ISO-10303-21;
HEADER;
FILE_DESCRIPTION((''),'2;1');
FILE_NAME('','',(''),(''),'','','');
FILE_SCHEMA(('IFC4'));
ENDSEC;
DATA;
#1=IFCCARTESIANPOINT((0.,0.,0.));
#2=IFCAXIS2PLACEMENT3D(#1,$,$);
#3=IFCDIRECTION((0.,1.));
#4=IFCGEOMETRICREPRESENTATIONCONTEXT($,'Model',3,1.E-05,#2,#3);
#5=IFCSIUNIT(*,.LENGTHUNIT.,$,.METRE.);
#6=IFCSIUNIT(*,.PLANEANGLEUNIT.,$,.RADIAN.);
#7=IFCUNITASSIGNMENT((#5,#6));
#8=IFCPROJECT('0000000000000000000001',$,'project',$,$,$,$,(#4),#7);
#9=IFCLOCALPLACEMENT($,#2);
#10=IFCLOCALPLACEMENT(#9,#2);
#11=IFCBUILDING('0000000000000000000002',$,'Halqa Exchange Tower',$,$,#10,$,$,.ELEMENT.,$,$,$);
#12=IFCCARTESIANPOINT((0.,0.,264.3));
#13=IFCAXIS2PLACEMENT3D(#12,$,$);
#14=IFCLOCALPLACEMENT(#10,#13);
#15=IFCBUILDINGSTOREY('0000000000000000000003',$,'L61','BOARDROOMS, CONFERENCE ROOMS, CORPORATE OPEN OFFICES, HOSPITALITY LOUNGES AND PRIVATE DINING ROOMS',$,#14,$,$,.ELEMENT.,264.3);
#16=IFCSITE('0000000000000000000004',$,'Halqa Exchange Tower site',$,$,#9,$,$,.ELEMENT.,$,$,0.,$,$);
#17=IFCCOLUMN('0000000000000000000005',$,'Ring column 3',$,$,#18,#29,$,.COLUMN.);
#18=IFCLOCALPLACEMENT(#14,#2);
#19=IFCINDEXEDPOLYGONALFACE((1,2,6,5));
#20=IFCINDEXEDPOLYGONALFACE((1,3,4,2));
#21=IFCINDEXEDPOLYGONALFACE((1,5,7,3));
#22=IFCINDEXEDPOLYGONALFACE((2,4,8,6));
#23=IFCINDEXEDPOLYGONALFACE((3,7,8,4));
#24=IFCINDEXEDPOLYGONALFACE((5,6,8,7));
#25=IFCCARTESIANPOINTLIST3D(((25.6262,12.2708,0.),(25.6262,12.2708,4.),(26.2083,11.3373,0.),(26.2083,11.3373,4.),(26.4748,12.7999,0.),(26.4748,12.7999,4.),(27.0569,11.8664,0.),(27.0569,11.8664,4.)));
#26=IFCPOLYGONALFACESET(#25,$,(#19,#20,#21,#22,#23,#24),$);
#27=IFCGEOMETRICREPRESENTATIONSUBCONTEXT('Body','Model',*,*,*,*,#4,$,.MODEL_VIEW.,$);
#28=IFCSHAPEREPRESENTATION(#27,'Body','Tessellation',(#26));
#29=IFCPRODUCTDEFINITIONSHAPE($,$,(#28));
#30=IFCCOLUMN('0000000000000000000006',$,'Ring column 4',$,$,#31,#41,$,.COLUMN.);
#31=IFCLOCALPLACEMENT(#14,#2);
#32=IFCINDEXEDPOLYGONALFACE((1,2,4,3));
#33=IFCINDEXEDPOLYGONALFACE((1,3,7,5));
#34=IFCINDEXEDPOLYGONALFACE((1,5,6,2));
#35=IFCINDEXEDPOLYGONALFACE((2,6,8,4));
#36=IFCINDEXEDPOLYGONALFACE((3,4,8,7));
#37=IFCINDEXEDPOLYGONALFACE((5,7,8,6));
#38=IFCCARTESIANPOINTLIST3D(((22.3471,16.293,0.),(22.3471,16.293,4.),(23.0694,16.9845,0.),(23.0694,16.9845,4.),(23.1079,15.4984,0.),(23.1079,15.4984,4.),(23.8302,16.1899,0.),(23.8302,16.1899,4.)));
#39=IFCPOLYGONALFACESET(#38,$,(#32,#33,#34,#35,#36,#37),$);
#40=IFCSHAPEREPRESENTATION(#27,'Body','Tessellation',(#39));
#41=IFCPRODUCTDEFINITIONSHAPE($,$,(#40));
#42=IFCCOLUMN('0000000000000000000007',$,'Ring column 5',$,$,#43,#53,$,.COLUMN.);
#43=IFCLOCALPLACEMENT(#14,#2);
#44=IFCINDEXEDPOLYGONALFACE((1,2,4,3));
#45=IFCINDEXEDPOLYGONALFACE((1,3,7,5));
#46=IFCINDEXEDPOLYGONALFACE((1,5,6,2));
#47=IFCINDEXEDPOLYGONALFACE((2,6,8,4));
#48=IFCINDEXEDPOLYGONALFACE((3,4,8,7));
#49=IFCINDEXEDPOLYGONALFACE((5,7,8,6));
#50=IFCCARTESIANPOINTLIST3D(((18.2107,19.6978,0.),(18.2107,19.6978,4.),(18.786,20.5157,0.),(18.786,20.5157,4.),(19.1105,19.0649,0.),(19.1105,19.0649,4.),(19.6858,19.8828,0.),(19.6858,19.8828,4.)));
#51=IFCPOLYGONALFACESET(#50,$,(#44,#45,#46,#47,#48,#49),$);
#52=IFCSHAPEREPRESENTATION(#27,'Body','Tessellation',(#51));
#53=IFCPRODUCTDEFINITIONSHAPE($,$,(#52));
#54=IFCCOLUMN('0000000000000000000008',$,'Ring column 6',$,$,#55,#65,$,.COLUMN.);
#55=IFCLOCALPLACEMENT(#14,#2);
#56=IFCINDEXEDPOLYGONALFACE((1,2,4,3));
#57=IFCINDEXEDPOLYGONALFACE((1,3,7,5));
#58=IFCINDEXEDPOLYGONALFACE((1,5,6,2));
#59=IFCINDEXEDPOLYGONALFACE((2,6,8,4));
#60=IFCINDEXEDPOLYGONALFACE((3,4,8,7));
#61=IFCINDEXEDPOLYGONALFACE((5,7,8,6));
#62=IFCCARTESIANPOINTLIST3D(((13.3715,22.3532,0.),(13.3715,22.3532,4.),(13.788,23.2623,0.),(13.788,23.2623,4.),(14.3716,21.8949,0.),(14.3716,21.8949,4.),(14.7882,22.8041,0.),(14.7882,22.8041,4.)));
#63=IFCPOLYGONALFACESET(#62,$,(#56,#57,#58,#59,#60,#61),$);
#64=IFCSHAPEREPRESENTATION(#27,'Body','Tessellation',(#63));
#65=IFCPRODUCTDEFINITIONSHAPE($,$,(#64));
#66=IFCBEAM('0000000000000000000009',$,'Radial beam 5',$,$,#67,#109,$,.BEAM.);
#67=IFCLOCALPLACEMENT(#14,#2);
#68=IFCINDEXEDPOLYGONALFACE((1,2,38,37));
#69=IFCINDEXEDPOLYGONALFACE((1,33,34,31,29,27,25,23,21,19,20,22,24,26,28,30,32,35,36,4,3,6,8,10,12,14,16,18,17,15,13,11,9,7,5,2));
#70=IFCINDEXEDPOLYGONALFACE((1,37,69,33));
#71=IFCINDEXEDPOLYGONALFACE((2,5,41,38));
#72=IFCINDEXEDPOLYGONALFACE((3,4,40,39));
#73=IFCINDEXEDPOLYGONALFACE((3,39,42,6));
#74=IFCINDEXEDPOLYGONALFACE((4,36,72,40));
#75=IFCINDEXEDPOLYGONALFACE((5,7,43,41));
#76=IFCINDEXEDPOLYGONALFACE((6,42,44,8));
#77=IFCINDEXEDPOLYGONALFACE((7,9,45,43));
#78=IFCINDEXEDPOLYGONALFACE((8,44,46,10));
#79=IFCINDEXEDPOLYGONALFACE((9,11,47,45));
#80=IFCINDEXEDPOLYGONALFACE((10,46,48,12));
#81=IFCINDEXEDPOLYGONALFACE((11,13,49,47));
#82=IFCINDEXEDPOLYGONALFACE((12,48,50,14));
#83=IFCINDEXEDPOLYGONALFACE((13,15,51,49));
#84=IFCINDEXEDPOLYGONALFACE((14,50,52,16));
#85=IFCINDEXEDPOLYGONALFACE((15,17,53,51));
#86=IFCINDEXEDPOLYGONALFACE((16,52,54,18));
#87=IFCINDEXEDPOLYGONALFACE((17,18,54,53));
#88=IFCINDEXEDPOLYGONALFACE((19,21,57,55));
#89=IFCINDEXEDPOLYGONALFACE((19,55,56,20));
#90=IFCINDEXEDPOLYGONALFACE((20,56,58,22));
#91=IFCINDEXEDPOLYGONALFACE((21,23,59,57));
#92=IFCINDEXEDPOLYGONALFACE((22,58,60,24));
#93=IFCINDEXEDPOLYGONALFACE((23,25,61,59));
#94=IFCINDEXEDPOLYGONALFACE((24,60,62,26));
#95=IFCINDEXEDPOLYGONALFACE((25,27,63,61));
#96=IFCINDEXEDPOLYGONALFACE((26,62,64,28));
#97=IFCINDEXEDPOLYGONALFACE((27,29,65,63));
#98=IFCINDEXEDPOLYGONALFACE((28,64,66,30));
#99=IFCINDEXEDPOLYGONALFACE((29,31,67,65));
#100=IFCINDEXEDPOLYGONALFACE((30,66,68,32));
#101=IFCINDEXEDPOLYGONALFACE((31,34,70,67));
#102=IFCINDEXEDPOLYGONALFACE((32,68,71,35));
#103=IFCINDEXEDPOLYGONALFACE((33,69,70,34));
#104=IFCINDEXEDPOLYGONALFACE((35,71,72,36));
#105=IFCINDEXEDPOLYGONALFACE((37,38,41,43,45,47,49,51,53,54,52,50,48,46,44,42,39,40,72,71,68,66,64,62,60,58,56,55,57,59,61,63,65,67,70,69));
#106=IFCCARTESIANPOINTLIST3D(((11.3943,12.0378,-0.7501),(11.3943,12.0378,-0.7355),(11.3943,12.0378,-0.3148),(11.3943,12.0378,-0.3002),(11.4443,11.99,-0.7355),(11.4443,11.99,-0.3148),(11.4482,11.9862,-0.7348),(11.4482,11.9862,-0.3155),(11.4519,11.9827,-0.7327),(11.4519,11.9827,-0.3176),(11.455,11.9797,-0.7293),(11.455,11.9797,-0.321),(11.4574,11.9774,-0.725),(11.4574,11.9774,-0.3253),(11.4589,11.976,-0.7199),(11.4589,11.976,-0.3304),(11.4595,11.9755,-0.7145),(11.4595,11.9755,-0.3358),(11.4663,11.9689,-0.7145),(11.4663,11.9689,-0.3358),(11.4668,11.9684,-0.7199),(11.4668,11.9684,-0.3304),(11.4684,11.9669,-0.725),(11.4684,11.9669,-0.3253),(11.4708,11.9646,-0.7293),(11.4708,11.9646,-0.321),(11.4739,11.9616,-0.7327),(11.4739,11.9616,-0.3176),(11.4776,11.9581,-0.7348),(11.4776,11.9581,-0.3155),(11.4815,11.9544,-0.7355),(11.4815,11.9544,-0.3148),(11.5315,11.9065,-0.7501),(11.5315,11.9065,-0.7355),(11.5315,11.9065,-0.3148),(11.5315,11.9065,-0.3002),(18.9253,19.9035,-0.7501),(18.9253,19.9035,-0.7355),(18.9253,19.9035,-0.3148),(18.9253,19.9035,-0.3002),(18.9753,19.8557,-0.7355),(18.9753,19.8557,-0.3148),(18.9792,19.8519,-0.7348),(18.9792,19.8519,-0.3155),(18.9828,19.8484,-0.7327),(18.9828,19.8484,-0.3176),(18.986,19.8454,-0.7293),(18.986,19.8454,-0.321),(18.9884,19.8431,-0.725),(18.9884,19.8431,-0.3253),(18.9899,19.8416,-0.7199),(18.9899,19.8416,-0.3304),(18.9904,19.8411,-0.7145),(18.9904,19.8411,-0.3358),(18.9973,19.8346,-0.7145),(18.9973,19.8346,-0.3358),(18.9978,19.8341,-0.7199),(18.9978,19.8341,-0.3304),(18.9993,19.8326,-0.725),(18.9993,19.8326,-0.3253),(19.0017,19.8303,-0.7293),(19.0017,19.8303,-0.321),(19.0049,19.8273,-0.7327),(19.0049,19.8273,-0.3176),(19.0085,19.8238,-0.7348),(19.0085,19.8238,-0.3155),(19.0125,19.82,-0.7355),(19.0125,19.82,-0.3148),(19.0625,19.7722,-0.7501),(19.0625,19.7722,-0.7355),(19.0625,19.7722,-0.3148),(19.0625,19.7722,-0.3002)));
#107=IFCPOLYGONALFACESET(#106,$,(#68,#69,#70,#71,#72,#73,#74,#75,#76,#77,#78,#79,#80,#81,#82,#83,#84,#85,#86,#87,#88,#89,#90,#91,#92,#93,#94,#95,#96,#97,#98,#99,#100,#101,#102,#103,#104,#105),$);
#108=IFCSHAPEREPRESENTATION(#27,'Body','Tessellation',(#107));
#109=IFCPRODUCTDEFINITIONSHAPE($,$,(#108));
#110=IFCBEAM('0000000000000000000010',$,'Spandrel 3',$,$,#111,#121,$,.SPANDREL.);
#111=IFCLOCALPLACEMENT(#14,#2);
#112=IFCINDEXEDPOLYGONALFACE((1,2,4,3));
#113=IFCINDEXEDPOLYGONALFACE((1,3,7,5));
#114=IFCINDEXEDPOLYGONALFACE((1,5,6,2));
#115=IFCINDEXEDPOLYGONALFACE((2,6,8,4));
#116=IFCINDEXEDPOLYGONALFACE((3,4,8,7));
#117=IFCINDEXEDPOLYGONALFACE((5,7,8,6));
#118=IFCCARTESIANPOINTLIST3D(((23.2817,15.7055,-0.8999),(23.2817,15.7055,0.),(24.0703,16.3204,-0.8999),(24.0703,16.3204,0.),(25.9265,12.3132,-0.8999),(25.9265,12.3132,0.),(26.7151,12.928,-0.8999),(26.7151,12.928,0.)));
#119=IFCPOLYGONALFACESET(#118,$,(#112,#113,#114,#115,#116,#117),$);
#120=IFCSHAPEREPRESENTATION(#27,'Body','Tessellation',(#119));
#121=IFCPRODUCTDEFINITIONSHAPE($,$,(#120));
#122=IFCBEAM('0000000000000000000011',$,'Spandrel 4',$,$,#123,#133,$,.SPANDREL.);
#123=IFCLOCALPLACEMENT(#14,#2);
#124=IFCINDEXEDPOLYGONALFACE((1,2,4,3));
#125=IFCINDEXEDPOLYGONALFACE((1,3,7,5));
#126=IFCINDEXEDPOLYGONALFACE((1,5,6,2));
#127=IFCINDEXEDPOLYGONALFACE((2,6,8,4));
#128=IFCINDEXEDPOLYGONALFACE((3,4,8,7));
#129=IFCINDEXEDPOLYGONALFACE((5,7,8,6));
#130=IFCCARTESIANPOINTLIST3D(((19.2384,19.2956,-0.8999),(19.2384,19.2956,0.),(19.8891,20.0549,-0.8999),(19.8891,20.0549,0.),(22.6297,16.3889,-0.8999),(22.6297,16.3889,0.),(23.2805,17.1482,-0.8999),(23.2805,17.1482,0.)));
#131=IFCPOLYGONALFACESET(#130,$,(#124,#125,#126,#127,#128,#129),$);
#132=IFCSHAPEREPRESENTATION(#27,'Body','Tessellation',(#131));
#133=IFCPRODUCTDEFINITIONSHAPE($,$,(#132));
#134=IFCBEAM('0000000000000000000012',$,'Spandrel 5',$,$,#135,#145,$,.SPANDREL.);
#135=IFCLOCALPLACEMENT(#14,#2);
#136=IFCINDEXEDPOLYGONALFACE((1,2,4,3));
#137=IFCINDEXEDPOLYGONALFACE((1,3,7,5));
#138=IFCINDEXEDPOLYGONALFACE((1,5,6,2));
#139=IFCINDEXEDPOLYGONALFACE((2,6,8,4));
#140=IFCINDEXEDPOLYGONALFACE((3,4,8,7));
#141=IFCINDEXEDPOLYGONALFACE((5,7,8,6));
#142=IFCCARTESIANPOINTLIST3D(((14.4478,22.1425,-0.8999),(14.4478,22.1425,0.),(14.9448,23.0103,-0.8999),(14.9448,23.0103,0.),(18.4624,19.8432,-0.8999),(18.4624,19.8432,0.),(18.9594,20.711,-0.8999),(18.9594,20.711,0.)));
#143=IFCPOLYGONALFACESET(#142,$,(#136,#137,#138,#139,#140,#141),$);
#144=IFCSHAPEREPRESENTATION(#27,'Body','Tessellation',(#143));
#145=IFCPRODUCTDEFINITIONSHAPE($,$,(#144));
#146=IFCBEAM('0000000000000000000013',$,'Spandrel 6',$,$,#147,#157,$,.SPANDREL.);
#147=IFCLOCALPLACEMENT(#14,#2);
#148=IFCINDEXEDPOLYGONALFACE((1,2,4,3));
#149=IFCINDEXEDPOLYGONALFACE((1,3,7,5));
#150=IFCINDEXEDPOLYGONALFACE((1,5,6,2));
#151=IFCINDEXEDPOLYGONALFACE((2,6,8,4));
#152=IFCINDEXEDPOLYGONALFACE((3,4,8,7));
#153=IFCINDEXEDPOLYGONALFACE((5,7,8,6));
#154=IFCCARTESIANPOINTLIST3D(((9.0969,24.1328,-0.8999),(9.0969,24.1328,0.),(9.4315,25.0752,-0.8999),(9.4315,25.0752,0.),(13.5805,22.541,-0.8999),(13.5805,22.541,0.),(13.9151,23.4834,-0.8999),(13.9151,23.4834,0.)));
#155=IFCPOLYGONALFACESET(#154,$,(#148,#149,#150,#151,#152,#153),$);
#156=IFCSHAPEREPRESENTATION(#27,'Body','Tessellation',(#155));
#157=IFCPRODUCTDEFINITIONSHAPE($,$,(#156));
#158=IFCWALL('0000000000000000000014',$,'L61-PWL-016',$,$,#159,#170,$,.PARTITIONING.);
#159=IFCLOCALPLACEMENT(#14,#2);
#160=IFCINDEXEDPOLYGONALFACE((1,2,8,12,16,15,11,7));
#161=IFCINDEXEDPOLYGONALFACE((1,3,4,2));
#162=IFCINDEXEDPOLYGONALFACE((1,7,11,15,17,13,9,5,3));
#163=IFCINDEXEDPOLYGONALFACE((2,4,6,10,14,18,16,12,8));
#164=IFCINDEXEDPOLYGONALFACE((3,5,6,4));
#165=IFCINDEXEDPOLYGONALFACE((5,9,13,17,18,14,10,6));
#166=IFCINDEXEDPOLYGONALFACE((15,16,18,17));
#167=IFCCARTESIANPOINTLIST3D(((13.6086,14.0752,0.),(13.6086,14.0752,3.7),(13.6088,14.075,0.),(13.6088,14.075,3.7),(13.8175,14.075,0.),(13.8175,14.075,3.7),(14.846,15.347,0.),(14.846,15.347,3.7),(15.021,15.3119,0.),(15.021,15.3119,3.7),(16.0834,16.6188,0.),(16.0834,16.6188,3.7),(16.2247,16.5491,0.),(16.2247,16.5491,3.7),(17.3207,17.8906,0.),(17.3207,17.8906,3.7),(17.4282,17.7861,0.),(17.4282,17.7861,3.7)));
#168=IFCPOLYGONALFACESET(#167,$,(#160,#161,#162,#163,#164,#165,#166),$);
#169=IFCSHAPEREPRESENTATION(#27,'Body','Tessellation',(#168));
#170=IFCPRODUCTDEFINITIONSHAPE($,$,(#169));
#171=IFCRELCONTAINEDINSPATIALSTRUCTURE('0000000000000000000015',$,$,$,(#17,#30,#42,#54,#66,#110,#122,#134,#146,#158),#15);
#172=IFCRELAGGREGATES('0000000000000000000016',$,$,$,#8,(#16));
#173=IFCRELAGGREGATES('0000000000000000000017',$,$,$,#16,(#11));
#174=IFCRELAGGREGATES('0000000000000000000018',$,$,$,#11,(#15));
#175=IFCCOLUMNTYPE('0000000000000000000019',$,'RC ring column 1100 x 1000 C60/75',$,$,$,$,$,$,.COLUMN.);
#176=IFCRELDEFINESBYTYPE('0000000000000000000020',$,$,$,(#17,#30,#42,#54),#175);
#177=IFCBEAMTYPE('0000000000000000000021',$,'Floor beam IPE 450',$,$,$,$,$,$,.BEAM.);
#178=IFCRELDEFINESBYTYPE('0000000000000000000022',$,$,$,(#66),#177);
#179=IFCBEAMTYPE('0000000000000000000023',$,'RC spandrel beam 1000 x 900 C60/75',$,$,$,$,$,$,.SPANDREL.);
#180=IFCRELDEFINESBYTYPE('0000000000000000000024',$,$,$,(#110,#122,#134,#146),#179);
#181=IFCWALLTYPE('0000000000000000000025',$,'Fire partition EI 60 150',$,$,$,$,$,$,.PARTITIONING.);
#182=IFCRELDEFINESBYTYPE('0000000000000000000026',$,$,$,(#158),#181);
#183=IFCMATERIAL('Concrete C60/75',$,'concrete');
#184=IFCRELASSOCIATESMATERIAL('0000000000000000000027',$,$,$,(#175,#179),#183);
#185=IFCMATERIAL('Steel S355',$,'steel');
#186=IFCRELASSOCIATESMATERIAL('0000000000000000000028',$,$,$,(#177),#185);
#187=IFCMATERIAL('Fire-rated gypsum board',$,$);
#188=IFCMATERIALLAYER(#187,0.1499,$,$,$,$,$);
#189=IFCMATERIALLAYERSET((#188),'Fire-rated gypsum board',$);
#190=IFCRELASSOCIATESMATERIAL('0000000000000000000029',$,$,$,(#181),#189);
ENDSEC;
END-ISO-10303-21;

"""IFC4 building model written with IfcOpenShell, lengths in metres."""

from ifc_helpers import new_model, si_unit, direction, frame, origin, origin_2d, place, context, subcontext, project, spatial, polyline, rectangle, i_section, outline, extrude, material, layer, layer_set, material_profile, profile_set, type_object, element, save


model = new_model("IFC4")

# Units and contexts
model_context = context("Model", 3, precision=1e-05, world=origin(), true_north=direction((0.0, 1.0)))
body_context = subcontext(model_context, "Body", "Model", "MODEL_VIEW")
ifc_project = project(units=[si_unit("LENGTHUNIT", "METRE"), si_unit("PLANEANGLEUNIT", "RADIAN")], contexts=[model_context])

# Site, building, storey
site_placement = place(None, origin())
site = spatial("IfcSite", under=ifc_project, at=site_placement, Name="Halqa Exchange Tower site", CompositionType="ELEMENT", RefElevation=0.0)
building_placement = place(site_placement, origin())
building = spatial("IfcBuilding", under=site, at=building_placement, Name="Halqa Exchange Tower", CompositionType="ELEMENT")
storey_placement = place(building_placement, frame((0.0, 0.0, 264.3)))
storey = spatial("IfcBuildingStorey", under=building, at=storey_placement, Name="L61", Description="BOARDROOMS, CONFERENCE ROOMS, CORPORATE OPEN OFFICES, HOSPITALITY LOUNGES AND PRIVATE DINING ROOMS", CompositionType="ELEMENT", Elevation=264.3)

# Columns
ifc_material_1 = material(Name="Concrete C60/75", Category="concrete")
ifc_material_profile_1 = material_profile(ifc_material_1, rectangle(XDim=1.1001, YDim=1.0, at=origin_2d()), Name="1100 x 1000")
ifc_profile_set_1 = profile_set([ifc_material_profile_1], Name="Concrete C60/75")
column_type = type_object("IfcColumnType", Name="RC ring column 1100 x 1000 C60/75", PredefinedType="COLUMN", material=ifc_profile_set_1)
for number, where, z_axis, x_axis, name in (
    (1, (26.3416, 12.0686, 0.0), (0.0, 0.0, 1.0), (-0.529142, 0.848533, 0.0), "Ring column 3"),
    (2, (23.0886, 16.2415, 0.0), (0.0, 0.0, 1.0), (-0.69158, 0.7223, 0.0), "Ring column 4"),
    (3, (18.9482, 19.7903, 0.0), (0.0, 0.0, 1.0), (-0.817907, 0.575351, 0.0), "Ring column 5"),
    (4, (14.0798, 22.5786, 0.0), (0.0, 0.0, 1.0), (-0.909127, 0.416519, 0.0), "Ring column 6"),
):
    element("IfcColumn", number, at=place(storey_placement, frame(where, z_axis=z_axis, x_axis=x_axis)), inside=storey, type_object=column_type, Name=name, PredefinedType="COLUMN", context=body_context, shape_type="SweptSolid", body=[
        extrude(rectangle(XDim=1.1001, YDim=1.0, at=origin_2d()), origin(), (0.0, 0.0, 1.0), 4.0),
    ])

# Beams
ifc_material_2 = material(Name="Steel S355", Category="steel")
ifc_material_profile_2 = material_profile(ifc_material_2, i_section(OverallWidth=0.1899, OverallDepth=0.45, WebThickness=0.0095, FlangeThickness=0.0146, FilletRadius=0.021, at=origin_2d()), Name="IPE 450")
ifc_profile_set_2 = profile_set([ifc_material_profile_2], Name="Steel S355")
beam_type_1 = type_object("IfcBeamType", Name="Floor beam IPE 450", PredefinedType="BEAM", material=ifc_profile_set_2)
beam_1_placement = place(storey_placement, frame((11.4629, 11.9722, -0.5251), z_axis=(0.691571, 0.722308, 0.0), x_axis=(-0.722308, 0.691571, 0.0)))
element("IfcBeam", 5, at=beam_1_placement, inside=storey, type_object=beam_type_1, Name="Radial beam 5", PredefinedType="BEAM", context=body_context, shape_type="SweptSolid", body=[
    extrude(i_section(OverallWidth=0.1899, OverallDepth=0.45, WebThickness=0.0095, FlangeThickness=0.0146, FilletRadius=0.021, at=origin_2d()), origin(), (0.0, 0.0, 1.0), 10.8896),
])
ifc_material_profile_3 = material_profile(ifc_material_1, rectangle(XDim=1.0, YDim=0.8999, at=origin_2d()), Name="1000 x 900")
ifc_profile_set_3 = profile_set([ifc_material_profile_3], Name="Concrete C60/75")
beam_type_2 = type_object("IfcBeamType", Name="RC spandrel beam 1000 x 900 C60/75", PredefinedType="SPANDREL", material=ifc_profile_set_3)
beam_2_placement = place(storey_placement, frame((26.3208, 12.6206, -0.45), z_axis=(-0.614852, 0.788643, 0.0), x_axis=(-0.788643, -0.614852, 0.0)))
element("IfcBeam", 6, at=beam_2_placement, inside=storey, type_object=beam_type_2, Name="Spandrel 3", PredefinedType="SPANDREL", context=body_context, shape_type="SweptSolid", body=[
    extrude(rectangle(XDim=1.0, YDim=0.8999, at=origin_2d()), origin(), (0.0, 0.0, 1.0), 4.3015),
])
beam_3_placement = place(storey_placement, frame((22.9551, 16.7686, -0.45), z_axis=(-0.759272, 0.650773, 0.0), x_axis=(-0.650773, -0.759272, 0.0)))
element("IfcBeam", 7, at=beam_3_placement, inside=storey, type_object=beam_type_2, Name="Spandrel 4", PredefinedType="SPANDREL", context=body_context, shape_type="SweptSolid", body=[
    extrude(rectangle(XDim=1.0, YDim=0.8999, at=origin_2d()), origin(), (0.0, 0.0, 1.0), 4.4666),
])
beam_4_placement = place(storey_placement, frame((18.7109, 20.2771, -0.45), z_axis=(-0.867756, 0.496991, 0.0), x_axis=(-0.496991, -0.867756, 0.0)))
element("IfcBeam", 8, at=beam_4_placement, inside=storey, type_object=beam_type_2, Name="Spandrel 5", PredefinedType="SPANDREL", context=body_context, shape_type="SweptSolid", body=[
    extrude(rectangle(XDim=1.0, YDim=0.8999, at=origin_2d()), origin(), (0.0, 0.0, 1.0), 4.6265),
])
beam_5_placement = place(storey_placement, frame((13.7478, 23.0122, -0.45), z_axis=(-0.942373, 0.334564, 0.0), x_axis=(-0.334564, -0.942373, 0.0)))
element("IfcBeam", 9, at=beam_5_placement, inside=storey, type_object=beam_type_2, Name="Spandrel 6", PredefinedType="SPANDREL", context=body_context, shape_type="SweptSolid", body=[
    extrude(rectangle(XDim=1.0, YDim=0.8999, at=origin_2d()), origin(), (0.0, 0.0, 1.0), 4.7578),
])

# Wall
ifc_material_3 = material(Name="Fire-rated gypsum board")
ifc_layer_1 = layer(ifc_material_3, 0.1499)
ifc_layer_set_1 = layer_set([ifc_layer_1], Name="Fire-rated gypsum board")
wall_type_1 = type_object("IfcWallType", Name="Fire partition EI 60 150", PredefinedType="PARTITIONING", material=ifc_layer_set_1)
wall_1_placement = place(storey_placement, frame((13.6624, 14.0229, 0.0), z_axis=(0.0, 0.0, 1.0), x_axis=(0.69734, 0.71674, 0.0)))
element("IfcWall", 10, at=wall_1_placement, inside=storey, type_object=wall_type_1, Name="L61-PWL-016", PredefinedType="PARTITIONING", context=body_context, shape_type="SweptSolid", body=[
    extrude(outline(polyline([(0.0, 0.075), (0.0, 0.0747), (0.1455, -0.075), (1.8713, -0.075), (3.5974, -0.075), (5.3232, -0.075), (5.3232, 0.075), (3.5488, 0.075), (1.7744, 0.075), (0.0, 0.075)])), origin(), (0.0, 0.0, 1.0), 3.7),
])

save(model, "model.ifc")
